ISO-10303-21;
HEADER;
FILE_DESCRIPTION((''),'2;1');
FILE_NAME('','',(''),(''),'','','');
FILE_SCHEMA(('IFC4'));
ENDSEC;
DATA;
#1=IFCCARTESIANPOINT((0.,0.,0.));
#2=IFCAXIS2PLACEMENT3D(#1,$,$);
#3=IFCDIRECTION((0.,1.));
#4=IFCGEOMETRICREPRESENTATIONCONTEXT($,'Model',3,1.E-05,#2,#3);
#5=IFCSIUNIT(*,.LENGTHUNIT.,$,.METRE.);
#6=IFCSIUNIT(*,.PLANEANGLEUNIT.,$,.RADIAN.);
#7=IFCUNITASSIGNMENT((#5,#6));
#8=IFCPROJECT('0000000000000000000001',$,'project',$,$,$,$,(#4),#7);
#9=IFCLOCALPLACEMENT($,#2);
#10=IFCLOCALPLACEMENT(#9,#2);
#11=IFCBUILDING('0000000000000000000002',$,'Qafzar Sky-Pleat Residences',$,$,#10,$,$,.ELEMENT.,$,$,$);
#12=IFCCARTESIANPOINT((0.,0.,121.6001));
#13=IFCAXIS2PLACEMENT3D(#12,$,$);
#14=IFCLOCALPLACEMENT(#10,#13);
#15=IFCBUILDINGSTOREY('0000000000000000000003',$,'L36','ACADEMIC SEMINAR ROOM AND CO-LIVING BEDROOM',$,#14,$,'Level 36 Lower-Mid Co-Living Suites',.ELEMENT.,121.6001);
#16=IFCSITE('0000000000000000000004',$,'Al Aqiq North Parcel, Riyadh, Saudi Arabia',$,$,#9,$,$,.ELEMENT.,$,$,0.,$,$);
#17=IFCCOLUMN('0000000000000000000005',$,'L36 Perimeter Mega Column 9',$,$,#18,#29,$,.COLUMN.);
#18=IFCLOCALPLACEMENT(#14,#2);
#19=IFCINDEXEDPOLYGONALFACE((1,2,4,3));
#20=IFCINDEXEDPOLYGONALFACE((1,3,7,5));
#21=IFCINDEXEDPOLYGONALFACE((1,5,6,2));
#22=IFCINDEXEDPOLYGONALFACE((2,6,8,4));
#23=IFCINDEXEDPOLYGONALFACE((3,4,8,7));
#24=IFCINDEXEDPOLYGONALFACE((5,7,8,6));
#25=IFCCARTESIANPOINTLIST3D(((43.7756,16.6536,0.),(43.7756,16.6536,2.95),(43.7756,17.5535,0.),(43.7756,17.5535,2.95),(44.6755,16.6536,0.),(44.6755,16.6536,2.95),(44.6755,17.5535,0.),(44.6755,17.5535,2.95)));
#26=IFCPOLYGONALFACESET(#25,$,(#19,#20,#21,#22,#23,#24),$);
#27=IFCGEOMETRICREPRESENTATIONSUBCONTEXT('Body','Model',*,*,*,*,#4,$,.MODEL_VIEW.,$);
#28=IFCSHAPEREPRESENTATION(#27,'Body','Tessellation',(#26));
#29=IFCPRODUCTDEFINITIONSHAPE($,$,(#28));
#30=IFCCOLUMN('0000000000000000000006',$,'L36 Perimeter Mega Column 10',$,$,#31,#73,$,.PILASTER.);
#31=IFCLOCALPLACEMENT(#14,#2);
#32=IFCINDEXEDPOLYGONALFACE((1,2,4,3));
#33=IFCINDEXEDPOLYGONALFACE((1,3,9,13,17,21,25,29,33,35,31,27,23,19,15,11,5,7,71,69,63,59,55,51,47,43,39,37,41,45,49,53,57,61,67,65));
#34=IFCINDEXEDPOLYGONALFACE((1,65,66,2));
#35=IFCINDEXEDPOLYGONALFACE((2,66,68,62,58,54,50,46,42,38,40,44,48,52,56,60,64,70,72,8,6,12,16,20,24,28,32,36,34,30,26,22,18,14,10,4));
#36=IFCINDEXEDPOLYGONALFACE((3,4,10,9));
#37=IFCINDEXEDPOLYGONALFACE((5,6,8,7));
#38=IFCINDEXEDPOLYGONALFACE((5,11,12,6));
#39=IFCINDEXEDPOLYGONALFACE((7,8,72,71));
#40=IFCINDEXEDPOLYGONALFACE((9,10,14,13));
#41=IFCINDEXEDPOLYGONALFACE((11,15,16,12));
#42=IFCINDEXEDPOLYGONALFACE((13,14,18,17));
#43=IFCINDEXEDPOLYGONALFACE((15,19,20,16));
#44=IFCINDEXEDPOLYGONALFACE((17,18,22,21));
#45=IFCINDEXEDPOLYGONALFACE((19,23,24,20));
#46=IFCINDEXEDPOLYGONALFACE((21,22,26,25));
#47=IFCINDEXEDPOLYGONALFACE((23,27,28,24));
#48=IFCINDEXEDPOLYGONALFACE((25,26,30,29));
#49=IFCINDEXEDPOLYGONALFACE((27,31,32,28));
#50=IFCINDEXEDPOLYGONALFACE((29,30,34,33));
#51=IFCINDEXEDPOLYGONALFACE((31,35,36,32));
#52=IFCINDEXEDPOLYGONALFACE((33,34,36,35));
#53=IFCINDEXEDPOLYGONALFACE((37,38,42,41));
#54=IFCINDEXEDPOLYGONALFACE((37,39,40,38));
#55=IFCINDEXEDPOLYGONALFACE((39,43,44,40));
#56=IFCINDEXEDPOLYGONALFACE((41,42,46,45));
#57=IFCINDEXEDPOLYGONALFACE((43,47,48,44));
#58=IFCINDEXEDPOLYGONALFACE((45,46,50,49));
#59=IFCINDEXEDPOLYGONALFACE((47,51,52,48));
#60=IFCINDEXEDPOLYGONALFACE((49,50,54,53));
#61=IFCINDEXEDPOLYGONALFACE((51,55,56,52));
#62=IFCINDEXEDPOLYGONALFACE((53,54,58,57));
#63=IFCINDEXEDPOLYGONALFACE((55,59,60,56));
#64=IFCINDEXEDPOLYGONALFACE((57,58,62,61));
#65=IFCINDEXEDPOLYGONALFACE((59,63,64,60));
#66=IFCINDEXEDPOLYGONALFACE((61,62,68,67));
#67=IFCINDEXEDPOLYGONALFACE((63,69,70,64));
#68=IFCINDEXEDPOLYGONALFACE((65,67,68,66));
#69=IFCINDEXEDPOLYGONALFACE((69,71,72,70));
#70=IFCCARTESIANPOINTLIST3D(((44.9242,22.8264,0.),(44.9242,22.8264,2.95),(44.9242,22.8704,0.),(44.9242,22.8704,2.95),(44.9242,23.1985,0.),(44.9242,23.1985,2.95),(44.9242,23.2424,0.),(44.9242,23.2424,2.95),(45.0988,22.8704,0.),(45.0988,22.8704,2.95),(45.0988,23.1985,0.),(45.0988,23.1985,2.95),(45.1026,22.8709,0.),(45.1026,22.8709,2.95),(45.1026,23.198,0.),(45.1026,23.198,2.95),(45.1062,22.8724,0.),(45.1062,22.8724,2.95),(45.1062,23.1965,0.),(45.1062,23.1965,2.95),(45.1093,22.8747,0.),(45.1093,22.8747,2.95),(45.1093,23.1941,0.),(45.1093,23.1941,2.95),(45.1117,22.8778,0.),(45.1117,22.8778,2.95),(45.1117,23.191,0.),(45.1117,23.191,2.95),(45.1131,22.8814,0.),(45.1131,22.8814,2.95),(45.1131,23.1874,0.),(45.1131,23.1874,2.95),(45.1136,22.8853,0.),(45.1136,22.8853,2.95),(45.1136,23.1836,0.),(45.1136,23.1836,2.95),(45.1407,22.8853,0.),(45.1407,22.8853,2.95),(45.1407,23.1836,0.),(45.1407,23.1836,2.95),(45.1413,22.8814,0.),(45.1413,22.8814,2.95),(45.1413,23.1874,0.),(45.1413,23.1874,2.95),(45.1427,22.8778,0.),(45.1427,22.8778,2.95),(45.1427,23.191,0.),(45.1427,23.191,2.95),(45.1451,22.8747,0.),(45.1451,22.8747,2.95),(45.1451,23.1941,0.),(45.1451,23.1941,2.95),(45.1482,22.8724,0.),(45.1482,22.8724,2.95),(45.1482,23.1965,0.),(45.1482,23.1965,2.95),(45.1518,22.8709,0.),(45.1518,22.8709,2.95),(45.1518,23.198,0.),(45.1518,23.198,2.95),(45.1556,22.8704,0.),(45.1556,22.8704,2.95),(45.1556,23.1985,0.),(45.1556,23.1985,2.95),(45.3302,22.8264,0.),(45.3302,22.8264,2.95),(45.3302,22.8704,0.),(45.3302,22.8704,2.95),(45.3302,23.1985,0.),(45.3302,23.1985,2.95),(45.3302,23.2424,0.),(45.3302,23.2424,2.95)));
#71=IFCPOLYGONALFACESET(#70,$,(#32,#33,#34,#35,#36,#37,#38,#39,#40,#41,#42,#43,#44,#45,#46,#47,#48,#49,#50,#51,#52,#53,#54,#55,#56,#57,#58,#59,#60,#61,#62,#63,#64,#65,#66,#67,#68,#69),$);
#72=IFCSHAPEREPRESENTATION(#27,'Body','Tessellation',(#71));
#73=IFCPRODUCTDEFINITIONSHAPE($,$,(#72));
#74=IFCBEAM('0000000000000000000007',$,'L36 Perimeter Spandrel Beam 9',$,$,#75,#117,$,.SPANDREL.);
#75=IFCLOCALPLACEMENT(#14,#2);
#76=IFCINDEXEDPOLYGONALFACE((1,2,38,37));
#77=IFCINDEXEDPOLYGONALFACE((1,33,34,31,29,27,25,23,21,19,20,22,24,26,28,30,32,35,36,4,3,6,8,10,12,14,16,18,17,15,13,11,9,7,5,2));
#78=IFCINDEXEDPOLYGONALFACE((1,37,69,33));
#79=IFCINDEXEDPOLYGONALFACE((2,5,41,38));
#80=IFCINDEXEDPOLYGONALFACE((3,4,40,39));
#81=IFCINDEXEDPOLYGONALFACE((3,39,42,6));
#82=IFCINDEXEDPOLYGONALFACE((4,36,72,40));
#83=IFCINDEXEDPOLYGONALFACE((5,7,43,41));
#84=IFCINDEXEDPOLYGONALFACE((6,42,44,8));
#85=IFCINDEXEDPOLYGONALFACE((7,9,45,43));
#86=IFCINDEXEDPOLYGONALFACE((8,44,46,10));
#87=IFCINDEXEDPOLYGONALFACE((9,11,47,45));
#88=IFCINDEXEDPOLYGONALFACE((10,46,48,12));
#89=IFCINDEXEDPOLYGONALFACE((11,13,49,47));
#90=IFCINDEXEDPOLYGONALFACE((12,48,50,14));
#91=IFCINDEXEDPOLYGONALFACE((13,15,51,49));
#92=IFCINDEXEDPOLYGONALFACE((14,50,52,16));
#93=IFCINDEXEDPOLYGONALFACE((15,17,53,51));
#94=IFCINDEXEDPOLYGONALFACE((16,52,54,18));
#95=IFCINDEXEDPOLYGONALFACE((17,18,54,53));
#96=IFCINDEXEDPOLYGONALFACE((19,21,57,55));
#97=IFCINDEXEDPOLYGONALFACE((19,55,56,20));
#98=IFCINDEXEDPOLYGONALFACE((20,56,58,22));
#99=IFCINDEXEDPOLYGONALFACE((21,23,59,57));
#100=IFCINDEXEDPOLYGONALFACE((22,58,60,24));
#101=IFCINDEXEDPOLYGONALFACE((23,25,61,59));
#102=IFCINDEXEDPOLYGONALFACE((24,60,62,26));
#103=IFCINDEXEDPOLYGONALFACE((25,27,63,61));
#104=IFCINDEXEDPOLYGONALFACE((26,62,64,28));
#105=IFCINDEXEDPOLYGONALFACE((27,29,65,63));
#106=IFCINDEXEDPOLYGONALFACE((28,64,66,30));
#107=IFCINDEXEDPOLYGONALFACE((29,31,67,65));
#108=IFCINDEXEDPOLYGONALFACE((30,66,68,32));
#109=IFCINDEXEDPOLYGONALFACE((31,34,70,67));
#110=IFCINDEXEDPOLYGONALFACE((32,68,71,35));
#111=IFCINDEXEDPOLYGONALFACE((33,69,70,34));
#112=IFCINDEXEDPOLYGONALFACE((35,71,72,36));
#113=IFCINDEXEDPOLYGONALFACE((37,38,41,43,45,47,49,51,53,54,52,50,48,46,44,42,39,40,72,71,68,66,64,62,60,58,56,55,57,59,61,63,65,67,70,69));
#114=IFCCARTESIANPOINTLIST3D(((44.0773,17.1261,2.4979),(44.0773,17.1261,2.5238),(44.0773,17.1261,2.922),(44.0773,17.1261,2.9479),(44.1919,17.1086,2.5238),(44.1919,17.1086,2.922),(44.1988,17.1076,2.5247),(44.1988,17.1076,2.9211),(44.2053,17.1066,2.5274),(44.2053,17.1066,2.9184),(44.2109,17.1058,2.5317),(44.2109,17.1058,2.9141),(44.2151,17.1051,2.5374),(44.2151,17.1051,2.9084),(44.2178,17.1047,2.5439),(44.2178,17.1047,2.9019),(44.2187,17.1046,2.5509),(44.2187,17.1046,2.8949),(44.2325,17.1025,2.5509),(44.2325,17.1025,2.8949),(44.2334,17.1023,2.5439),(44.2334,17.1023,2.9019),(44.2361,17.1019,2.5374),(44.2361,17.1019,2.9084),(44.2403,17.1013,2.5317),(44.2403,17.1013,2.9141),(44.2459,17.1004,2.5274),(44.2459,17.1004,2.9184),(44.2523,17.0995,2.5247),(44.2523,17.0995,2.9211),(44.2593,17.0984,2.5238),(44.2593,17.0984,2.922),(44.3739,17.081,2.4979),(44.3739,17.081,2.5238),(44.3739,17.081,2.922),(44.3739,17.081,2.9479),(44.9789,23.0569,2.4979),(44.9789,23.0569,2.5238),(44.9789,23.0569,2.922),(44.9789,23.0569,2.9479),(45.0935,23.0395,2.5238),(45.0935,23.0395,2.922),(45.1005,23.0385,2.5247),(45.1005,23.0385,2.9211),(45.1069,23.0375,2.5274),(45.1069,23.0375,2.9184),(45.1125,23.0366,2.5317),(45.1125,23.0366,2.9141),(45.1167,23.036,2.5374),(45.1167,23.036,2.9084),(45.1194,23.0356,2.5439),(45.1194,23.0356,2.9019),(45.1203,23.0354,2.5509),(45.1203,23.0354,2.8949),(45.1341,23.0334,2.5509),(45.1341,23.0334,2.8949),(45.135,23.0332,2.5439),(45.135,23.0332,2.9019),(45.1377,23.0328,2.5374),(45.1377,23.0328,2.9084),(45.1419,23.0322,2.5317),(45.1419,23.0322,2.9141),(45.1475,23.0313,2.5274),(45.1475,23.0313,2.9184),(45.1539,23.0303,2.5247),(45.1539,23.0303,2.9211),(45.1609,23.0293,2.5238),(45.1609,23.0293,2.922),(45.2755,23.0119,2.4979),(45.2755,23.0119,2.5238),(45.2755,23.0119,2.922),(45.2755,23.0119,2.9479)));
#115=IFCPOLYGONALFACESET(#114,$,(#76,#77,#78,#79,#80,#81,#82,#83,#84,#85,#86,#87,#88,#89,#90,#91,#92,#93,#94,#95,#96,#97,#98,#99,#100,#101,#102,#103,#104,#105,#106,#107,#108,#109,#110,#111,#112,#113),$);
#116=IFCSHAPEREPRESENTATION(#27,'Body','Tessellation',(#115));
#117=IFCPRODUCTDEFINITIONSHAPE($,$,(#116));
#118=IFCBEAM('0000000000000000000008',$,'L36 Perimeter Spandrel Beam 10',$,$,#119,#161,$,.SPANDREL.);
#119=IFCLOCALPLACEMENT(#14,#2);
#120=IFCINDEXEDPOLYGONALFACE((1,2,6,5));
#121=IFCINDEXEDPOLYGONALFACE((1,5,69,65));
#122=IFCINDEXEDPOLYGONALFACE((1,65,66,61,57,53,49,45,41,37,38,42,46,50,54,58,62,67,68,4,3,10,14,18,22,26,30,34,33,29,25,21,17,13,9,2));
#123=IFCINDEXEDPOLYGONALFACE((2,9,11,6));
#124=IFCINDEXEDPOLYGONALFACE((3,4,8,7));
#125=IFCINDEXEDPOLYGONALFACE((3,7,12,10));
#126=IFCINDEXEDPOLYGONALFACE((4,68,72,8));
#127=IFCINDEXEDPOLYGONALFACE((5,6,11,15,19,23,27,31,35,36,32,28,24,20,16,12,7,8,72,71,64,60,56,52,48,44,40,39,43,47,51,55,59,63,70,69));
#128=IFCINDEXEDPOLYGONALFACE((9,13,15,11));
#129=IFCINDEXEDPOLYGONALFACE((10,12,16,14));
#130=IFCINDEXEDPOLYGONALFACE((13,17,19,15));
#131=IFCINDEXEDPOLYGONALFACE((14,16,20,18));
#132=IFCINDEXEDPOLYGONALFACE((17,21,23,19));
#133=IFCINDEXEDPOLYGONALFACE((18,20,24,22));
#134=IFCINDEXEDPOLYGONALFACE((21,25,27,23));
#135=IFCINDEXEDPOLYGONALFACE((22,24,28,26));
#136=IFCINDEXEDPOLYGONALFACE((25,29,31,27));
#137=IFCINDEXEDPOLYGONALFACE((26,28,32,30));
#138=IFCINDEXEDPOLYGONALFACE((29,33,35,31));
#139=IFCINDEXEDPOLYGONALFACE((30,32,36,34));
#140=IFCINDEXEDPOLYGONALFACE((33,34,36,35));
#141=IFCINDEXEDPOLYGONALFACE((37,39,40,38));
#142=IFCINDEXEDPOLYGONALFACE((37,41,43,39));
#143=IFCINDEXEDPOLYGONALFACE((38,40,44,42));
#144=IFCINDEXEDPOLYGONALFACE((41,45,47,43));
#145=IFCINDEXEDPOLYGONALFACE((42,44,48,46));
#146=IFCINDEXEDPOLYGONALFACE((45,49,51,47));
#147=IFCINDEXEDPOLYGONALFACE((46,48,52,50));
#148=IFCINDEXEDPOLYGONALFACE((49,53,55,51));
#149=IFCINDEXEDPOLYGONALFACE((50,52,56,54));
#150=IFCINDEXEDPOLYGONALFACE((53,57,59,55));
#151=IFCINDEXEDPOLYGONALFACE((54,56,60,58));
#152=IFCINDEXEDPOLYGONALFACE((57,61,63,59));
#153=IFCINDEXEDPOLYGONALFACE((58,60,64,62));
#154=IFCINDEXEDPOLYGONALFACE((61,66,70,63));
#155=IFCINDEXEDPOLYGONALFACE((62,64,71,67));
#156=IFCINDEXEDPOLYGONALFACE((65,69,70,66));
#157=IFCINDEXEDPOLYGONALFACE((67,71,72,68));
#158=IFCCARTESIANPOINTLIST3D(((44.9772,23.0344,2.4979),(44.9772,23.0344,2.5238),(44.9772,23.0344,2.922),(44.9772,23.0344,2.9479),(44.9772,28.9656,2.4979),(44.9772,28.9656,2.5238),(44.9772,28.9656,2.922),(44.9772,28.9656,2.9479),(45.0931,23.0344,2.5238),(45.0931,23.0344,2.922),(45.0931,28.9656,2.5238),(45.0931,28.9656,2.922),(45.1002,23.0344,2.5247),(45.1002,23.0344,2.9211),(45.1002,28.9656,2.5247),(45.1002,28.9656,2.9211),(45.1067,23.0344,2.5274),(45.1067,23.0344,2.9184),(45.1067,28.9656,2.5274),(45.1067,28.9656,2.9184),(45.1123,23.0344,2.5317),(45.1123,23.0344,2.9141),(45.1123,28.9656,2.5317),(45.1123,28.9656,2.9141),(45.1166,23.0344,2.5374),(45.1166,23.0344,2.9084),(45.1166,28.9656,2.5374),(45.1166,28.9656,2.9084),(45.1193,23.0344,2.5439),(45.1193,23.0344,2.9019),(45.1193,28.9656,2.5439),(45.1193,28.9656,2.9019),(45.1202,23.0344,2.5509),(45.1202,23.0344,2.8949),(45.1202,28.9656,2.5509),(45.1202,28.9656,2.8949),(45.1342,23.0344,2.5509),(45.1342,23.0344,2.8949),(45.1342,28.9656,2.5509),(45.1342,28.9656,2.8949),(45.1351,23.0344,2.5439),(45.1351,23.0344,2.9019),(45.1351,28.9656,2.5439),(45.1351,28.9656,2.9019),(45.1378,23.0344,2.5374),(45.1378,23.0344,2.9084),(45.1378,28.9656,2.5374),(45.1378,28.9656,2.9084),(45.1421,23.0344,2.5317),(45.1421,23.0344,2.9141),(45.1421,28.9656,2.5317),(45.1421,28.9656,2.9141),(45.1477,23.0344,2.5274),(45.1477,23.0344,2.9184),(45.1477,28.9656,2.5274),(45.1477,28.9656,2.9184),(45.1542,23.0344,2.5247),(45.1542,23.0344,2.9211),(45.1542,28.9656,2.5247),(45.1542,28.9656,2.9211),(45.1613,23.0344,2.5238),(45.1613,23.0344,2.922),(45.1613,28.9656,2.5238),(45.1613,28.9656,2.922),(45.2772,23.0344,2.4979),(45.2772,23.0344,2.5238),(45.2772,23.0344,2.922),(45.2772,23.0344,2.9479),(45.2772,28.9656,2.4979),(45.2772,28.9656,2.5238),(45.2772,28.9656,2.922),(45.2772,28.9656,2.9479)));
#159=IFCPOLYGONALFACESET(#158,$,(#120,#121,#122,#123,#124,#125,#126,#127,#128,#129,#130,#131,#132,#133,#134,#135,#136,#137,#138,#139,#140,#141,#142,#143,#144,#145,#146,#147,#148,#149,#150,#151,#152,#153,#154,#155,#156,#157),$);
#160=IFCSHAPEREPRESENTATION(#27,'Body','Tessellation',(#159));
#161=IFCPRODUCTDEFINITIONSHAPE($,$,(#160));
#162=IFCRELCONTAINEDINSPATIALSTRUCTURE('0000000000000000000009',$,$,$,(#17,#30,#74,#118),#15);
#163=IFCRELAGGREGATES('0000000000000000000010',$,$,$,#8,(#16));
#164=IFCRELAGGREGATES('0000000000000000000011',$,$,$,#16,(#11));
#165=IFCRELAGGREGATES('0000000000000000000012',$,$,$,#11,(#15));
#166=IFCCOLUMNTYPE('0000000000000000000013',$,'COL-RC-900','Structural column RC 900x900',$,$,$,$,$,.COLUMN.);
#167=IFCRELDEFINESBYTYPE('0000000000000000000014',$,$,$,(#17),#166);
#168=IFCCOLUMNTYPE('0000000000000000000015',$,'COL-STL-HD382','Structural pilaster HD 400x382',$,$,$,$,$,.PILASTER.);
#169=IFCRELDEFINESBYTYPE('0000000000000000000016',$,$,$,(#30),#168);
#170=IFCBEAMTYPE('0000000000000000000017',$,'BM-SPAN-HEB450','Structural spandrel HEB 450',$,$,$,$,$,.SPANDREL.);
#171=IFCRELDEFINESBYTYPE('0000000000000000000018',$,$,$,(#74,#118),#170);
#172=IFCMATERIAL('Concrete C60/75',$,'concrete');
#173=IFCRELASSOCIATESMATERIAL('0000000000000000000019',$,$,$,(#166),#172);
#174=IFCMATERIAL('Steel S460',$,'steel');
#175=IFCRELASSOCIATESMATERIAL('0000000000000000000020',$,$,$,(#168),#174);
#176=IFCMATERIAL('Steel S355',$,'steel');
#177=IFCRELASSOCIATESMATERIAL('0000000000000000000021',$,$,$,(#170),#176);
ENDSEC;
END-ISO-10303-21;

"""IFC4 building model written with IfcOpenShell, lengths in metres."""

from ifc_helpers import new_model, si_unit, direction, frame, origin, origin_2d, place, context, subcontext, project, spatial, rectangle, i_section, extrude, source, transform, mapped, material, material_profile, profile_set, type_object, element, save


model = new_model("IFC4")

# Units and contexts
model_context = context("Model", 3, precision=1e-05, world=origin(), true_north=direction((0.0, 1.0)))
body_context = subcontext(model_context, "Body", "Model", "MODEL_VIEW")
ifc_project = project(units=[si_unit("LENGTHUNIT", "METRE"), si_unit("PLANEANGLEUNIT", "RADIAN")], contexts=[model_context])

# Site, building, storey
site_placement = place(None, origin())
site = spatial("IfcSite", under=ifc_project, at=site_placement, Name="Al Aqiq North Parcel, Riyadh, Saudi Arabia", CompositionType="ELEMENT", RefElevation=0.0)
building_placement = place(site_placement, origin())
building = spatial("IfcBuilding", under=site, at=building_placement, Name="Qafzar Sky-Pleat Residences", CompositionType="ELEMENT")
storey_placement = place(building_placement, frame((0.0, 0.0, 121.6001)))
storey = spatial("IfcBuildingStorey", under=building, at=storey_placement, Name="L36", Description="ACADEMIC SEMINAR ROOM AND CO-LIVING BEDROOM", LongName="Level 36 Lower-Mid Co-Living Suites", CompositionType="ELEMENT", Elevation=121.6001)

# Columns
ifc_material_1 = material(Name="Concrete C60/75", Category="concrete")
ifc_material_profile_1 = material_profile(ifc_material_1, rectangle(XDim=0.8999, YDim=0.8999, at=origin_2d()), Name="RC 900x900")
ifc_profile_set_1 = profile_set([ifc_material_profile_1], Name="Concrete C60/75")
column_type_1 = type_object("IfcColumnType", Name="COL-RC-900", Description="Structural column RC 900x900", PredefinedType="COLUMN", material=ifc_profile_set_1)
shared_shape_1 = source(origin(), body_context, "Body", "SweptSolid", [
    extrude(rectangle(XDim=0.8999, YDim=0.8999, at=origin_2d()), origin(), (0.0, 0.0, 1.0), 2.95),
])
column_1_placement = place(storey_placement, frame((44.2256, 17.1035, 0.0), z_axis=(0.0, 0.0, 1.0), x_axis=(1.0, 0.0, 0.0)))
element("IfcColumn", 1, at=column_1_placement, inside=storey, type_object=column_type_1, Name="L36 Perimeter Mega Column 9", PredefinedType="COLUMN", context=body_context, shape_type="MappedRepresentation", body=[
    mapped(shared_shape_1, transform((0.0, 0.0, 0.0), x_axis=(1.0, 0.0, 0.0), y_axis=(0.0, 1.0, 0.0), z_axis=(0.0, 0.0, 1.0), scale=1.0)),
])
ifc_material_2 = material(Name="Steel S460", Category="steel")
ifc_material_profile_2 = material_profile(ifc_material_2, i_section(OverallWidth=0.406, OverallDepth=0.416, WebThickness=0.0271, FlangeThickness=0.0439, FilletRadius=0.0149, at=origin_2d()), Name="HD 400x382")
ifc_profile_set_2 = profile_set([ifc_material_profile_2], Name="Steel S460")
column_type_2 = type_object("IfcColumnType", Name="COL-STL-HD382", Description="Structural pilaster HD 400x382", PredefinedType="PILASTER", material=ifc_profile_set_2)
shared_shape_2 = source(origin(), body_context, "Body", "SweptSolid", [
    extrude(i_section(OverallWidth=0.406, OverallDepth=0.416, WebThickness=0.0271, FlangeThickness=0.0439, FilletRadius=0.0149, at=origin_2d()), origin(), (0.0, 0.0, 1.0), 2.95),
])
column_2_placement = place(storey_placement, frame((45.1272, 23.0344, 0.0), z_axis=(0.0, 0.0, 1.0), x_axis=(1.0, 0.0, 0.0)))
element("IfcColumn", 2, at=column_2_placement, inside=storey, type_object=column_type_2, Name="L36 Perimeter Mega Column 10", PredefinedType="PILASTER", context=body_context, shape_type="MappedRepresentation", body=[
    mapped(shared_shape_2, transform((0.0, 0.0, 0.0), x_axis=(1.0, 0.0, 0.0), y_axis=(0.0, 1.0, 0.0), z_axis=(0.0, 0.0, 1.0), scale=1.0)),
])

# Beams
ifc_material_3 = material(Name="Steel S355", Category="steel")
ifc_material_profile_3 = material_profile(ifc_material_3, i_section(OverallWidth=0.3, OverallDepth=0.45, WebThickness=0.0139, FlangeThickness=0.0259, FilletRadius=0.0271, at=origin_2d()), Name="HEB 450")
ifc_profile_set_3 = profile_set([ifc_material_profile_3], Name="Steel S355")
beam_type_1 = type_object("IfcBeamType", Name="BM-SPAN-HEB450", Description="Structural spandrel HEB 450", PredefinedType="SPANDREL", material=ifc_profile_set_3)
shared_shape_3 = source(origin(), body_context, "Body", "SweptSolid", [
    extrude(i_section(OverallWidth=0.3, OverallDepth=0.45, WebThickness=0.0139, FlangeThickness=0.0259, FilletRadius=0.0271, at=origin_2d()), origin(), (0.0, 0.0, 1.0), 5.999),
])
beam_1_placement = place(storey_placement, frame((44.2256, 17.1035, 2.7229), z_axis=(0.150292, 0.988642, 0.0), x_axis=(-0.988642, 0.150292, 0.0)))
element("IfcBeam", 3, at=beam_1_placement, inside=storey, type_object=beam_type_1, Name="L36 Perimeter Spandrel Beam 9", PredefinedType="SPANDREL", context=body_context, shape_type="MappedRepresentation", body=[
    mapped(shared_shape_3, transform((0.0, 0.0, 0.0), x_axis=(1.0, 0.0, 0.0), y_axis=(0.0, 1.0, 0.0), z_axis=(0.0, 0.0, 1.0), scale=1.0)),
])
shared_shape_4 = source(origin(), body_context, "Body", "SweptSolid", [
    extrude(i_section(OverallWidth=0.3, OverallDepth=0.45, WebThickness=0.0139, FlangeThickness=0.0259, FilletRadius=0.0271, at=origin_2d()), origin(), (0.0, 0.0, 1.0), 5.9312),
])
beam_2_placement = place(storey_placement, frame((45.1272, 23.0344, 2.7229), z_axis=(0.0, 1.0, 0.0), x_axis=(-1.0, 0.0, 0.0)))
element("IfcBeam", 4, at=beam_2_placement, inside=storey, type_object=beam_type_1, Name="L36 Perimeter Spandrel Beam 10", PredefinedType="SPANDREL", context=body_context, shape_type="MappedRepresentation", body=[
    mapped(shared_shape_4, transform((0.0, 0.0, 0.0), x_axis=(1.0, 0.0, 0.0), y_axis=(0.0, 1.0, 0.0), z_axis=(0.0, 0.0, 1.0), scale=1.0)),
])

save(model, "model.ifc")
